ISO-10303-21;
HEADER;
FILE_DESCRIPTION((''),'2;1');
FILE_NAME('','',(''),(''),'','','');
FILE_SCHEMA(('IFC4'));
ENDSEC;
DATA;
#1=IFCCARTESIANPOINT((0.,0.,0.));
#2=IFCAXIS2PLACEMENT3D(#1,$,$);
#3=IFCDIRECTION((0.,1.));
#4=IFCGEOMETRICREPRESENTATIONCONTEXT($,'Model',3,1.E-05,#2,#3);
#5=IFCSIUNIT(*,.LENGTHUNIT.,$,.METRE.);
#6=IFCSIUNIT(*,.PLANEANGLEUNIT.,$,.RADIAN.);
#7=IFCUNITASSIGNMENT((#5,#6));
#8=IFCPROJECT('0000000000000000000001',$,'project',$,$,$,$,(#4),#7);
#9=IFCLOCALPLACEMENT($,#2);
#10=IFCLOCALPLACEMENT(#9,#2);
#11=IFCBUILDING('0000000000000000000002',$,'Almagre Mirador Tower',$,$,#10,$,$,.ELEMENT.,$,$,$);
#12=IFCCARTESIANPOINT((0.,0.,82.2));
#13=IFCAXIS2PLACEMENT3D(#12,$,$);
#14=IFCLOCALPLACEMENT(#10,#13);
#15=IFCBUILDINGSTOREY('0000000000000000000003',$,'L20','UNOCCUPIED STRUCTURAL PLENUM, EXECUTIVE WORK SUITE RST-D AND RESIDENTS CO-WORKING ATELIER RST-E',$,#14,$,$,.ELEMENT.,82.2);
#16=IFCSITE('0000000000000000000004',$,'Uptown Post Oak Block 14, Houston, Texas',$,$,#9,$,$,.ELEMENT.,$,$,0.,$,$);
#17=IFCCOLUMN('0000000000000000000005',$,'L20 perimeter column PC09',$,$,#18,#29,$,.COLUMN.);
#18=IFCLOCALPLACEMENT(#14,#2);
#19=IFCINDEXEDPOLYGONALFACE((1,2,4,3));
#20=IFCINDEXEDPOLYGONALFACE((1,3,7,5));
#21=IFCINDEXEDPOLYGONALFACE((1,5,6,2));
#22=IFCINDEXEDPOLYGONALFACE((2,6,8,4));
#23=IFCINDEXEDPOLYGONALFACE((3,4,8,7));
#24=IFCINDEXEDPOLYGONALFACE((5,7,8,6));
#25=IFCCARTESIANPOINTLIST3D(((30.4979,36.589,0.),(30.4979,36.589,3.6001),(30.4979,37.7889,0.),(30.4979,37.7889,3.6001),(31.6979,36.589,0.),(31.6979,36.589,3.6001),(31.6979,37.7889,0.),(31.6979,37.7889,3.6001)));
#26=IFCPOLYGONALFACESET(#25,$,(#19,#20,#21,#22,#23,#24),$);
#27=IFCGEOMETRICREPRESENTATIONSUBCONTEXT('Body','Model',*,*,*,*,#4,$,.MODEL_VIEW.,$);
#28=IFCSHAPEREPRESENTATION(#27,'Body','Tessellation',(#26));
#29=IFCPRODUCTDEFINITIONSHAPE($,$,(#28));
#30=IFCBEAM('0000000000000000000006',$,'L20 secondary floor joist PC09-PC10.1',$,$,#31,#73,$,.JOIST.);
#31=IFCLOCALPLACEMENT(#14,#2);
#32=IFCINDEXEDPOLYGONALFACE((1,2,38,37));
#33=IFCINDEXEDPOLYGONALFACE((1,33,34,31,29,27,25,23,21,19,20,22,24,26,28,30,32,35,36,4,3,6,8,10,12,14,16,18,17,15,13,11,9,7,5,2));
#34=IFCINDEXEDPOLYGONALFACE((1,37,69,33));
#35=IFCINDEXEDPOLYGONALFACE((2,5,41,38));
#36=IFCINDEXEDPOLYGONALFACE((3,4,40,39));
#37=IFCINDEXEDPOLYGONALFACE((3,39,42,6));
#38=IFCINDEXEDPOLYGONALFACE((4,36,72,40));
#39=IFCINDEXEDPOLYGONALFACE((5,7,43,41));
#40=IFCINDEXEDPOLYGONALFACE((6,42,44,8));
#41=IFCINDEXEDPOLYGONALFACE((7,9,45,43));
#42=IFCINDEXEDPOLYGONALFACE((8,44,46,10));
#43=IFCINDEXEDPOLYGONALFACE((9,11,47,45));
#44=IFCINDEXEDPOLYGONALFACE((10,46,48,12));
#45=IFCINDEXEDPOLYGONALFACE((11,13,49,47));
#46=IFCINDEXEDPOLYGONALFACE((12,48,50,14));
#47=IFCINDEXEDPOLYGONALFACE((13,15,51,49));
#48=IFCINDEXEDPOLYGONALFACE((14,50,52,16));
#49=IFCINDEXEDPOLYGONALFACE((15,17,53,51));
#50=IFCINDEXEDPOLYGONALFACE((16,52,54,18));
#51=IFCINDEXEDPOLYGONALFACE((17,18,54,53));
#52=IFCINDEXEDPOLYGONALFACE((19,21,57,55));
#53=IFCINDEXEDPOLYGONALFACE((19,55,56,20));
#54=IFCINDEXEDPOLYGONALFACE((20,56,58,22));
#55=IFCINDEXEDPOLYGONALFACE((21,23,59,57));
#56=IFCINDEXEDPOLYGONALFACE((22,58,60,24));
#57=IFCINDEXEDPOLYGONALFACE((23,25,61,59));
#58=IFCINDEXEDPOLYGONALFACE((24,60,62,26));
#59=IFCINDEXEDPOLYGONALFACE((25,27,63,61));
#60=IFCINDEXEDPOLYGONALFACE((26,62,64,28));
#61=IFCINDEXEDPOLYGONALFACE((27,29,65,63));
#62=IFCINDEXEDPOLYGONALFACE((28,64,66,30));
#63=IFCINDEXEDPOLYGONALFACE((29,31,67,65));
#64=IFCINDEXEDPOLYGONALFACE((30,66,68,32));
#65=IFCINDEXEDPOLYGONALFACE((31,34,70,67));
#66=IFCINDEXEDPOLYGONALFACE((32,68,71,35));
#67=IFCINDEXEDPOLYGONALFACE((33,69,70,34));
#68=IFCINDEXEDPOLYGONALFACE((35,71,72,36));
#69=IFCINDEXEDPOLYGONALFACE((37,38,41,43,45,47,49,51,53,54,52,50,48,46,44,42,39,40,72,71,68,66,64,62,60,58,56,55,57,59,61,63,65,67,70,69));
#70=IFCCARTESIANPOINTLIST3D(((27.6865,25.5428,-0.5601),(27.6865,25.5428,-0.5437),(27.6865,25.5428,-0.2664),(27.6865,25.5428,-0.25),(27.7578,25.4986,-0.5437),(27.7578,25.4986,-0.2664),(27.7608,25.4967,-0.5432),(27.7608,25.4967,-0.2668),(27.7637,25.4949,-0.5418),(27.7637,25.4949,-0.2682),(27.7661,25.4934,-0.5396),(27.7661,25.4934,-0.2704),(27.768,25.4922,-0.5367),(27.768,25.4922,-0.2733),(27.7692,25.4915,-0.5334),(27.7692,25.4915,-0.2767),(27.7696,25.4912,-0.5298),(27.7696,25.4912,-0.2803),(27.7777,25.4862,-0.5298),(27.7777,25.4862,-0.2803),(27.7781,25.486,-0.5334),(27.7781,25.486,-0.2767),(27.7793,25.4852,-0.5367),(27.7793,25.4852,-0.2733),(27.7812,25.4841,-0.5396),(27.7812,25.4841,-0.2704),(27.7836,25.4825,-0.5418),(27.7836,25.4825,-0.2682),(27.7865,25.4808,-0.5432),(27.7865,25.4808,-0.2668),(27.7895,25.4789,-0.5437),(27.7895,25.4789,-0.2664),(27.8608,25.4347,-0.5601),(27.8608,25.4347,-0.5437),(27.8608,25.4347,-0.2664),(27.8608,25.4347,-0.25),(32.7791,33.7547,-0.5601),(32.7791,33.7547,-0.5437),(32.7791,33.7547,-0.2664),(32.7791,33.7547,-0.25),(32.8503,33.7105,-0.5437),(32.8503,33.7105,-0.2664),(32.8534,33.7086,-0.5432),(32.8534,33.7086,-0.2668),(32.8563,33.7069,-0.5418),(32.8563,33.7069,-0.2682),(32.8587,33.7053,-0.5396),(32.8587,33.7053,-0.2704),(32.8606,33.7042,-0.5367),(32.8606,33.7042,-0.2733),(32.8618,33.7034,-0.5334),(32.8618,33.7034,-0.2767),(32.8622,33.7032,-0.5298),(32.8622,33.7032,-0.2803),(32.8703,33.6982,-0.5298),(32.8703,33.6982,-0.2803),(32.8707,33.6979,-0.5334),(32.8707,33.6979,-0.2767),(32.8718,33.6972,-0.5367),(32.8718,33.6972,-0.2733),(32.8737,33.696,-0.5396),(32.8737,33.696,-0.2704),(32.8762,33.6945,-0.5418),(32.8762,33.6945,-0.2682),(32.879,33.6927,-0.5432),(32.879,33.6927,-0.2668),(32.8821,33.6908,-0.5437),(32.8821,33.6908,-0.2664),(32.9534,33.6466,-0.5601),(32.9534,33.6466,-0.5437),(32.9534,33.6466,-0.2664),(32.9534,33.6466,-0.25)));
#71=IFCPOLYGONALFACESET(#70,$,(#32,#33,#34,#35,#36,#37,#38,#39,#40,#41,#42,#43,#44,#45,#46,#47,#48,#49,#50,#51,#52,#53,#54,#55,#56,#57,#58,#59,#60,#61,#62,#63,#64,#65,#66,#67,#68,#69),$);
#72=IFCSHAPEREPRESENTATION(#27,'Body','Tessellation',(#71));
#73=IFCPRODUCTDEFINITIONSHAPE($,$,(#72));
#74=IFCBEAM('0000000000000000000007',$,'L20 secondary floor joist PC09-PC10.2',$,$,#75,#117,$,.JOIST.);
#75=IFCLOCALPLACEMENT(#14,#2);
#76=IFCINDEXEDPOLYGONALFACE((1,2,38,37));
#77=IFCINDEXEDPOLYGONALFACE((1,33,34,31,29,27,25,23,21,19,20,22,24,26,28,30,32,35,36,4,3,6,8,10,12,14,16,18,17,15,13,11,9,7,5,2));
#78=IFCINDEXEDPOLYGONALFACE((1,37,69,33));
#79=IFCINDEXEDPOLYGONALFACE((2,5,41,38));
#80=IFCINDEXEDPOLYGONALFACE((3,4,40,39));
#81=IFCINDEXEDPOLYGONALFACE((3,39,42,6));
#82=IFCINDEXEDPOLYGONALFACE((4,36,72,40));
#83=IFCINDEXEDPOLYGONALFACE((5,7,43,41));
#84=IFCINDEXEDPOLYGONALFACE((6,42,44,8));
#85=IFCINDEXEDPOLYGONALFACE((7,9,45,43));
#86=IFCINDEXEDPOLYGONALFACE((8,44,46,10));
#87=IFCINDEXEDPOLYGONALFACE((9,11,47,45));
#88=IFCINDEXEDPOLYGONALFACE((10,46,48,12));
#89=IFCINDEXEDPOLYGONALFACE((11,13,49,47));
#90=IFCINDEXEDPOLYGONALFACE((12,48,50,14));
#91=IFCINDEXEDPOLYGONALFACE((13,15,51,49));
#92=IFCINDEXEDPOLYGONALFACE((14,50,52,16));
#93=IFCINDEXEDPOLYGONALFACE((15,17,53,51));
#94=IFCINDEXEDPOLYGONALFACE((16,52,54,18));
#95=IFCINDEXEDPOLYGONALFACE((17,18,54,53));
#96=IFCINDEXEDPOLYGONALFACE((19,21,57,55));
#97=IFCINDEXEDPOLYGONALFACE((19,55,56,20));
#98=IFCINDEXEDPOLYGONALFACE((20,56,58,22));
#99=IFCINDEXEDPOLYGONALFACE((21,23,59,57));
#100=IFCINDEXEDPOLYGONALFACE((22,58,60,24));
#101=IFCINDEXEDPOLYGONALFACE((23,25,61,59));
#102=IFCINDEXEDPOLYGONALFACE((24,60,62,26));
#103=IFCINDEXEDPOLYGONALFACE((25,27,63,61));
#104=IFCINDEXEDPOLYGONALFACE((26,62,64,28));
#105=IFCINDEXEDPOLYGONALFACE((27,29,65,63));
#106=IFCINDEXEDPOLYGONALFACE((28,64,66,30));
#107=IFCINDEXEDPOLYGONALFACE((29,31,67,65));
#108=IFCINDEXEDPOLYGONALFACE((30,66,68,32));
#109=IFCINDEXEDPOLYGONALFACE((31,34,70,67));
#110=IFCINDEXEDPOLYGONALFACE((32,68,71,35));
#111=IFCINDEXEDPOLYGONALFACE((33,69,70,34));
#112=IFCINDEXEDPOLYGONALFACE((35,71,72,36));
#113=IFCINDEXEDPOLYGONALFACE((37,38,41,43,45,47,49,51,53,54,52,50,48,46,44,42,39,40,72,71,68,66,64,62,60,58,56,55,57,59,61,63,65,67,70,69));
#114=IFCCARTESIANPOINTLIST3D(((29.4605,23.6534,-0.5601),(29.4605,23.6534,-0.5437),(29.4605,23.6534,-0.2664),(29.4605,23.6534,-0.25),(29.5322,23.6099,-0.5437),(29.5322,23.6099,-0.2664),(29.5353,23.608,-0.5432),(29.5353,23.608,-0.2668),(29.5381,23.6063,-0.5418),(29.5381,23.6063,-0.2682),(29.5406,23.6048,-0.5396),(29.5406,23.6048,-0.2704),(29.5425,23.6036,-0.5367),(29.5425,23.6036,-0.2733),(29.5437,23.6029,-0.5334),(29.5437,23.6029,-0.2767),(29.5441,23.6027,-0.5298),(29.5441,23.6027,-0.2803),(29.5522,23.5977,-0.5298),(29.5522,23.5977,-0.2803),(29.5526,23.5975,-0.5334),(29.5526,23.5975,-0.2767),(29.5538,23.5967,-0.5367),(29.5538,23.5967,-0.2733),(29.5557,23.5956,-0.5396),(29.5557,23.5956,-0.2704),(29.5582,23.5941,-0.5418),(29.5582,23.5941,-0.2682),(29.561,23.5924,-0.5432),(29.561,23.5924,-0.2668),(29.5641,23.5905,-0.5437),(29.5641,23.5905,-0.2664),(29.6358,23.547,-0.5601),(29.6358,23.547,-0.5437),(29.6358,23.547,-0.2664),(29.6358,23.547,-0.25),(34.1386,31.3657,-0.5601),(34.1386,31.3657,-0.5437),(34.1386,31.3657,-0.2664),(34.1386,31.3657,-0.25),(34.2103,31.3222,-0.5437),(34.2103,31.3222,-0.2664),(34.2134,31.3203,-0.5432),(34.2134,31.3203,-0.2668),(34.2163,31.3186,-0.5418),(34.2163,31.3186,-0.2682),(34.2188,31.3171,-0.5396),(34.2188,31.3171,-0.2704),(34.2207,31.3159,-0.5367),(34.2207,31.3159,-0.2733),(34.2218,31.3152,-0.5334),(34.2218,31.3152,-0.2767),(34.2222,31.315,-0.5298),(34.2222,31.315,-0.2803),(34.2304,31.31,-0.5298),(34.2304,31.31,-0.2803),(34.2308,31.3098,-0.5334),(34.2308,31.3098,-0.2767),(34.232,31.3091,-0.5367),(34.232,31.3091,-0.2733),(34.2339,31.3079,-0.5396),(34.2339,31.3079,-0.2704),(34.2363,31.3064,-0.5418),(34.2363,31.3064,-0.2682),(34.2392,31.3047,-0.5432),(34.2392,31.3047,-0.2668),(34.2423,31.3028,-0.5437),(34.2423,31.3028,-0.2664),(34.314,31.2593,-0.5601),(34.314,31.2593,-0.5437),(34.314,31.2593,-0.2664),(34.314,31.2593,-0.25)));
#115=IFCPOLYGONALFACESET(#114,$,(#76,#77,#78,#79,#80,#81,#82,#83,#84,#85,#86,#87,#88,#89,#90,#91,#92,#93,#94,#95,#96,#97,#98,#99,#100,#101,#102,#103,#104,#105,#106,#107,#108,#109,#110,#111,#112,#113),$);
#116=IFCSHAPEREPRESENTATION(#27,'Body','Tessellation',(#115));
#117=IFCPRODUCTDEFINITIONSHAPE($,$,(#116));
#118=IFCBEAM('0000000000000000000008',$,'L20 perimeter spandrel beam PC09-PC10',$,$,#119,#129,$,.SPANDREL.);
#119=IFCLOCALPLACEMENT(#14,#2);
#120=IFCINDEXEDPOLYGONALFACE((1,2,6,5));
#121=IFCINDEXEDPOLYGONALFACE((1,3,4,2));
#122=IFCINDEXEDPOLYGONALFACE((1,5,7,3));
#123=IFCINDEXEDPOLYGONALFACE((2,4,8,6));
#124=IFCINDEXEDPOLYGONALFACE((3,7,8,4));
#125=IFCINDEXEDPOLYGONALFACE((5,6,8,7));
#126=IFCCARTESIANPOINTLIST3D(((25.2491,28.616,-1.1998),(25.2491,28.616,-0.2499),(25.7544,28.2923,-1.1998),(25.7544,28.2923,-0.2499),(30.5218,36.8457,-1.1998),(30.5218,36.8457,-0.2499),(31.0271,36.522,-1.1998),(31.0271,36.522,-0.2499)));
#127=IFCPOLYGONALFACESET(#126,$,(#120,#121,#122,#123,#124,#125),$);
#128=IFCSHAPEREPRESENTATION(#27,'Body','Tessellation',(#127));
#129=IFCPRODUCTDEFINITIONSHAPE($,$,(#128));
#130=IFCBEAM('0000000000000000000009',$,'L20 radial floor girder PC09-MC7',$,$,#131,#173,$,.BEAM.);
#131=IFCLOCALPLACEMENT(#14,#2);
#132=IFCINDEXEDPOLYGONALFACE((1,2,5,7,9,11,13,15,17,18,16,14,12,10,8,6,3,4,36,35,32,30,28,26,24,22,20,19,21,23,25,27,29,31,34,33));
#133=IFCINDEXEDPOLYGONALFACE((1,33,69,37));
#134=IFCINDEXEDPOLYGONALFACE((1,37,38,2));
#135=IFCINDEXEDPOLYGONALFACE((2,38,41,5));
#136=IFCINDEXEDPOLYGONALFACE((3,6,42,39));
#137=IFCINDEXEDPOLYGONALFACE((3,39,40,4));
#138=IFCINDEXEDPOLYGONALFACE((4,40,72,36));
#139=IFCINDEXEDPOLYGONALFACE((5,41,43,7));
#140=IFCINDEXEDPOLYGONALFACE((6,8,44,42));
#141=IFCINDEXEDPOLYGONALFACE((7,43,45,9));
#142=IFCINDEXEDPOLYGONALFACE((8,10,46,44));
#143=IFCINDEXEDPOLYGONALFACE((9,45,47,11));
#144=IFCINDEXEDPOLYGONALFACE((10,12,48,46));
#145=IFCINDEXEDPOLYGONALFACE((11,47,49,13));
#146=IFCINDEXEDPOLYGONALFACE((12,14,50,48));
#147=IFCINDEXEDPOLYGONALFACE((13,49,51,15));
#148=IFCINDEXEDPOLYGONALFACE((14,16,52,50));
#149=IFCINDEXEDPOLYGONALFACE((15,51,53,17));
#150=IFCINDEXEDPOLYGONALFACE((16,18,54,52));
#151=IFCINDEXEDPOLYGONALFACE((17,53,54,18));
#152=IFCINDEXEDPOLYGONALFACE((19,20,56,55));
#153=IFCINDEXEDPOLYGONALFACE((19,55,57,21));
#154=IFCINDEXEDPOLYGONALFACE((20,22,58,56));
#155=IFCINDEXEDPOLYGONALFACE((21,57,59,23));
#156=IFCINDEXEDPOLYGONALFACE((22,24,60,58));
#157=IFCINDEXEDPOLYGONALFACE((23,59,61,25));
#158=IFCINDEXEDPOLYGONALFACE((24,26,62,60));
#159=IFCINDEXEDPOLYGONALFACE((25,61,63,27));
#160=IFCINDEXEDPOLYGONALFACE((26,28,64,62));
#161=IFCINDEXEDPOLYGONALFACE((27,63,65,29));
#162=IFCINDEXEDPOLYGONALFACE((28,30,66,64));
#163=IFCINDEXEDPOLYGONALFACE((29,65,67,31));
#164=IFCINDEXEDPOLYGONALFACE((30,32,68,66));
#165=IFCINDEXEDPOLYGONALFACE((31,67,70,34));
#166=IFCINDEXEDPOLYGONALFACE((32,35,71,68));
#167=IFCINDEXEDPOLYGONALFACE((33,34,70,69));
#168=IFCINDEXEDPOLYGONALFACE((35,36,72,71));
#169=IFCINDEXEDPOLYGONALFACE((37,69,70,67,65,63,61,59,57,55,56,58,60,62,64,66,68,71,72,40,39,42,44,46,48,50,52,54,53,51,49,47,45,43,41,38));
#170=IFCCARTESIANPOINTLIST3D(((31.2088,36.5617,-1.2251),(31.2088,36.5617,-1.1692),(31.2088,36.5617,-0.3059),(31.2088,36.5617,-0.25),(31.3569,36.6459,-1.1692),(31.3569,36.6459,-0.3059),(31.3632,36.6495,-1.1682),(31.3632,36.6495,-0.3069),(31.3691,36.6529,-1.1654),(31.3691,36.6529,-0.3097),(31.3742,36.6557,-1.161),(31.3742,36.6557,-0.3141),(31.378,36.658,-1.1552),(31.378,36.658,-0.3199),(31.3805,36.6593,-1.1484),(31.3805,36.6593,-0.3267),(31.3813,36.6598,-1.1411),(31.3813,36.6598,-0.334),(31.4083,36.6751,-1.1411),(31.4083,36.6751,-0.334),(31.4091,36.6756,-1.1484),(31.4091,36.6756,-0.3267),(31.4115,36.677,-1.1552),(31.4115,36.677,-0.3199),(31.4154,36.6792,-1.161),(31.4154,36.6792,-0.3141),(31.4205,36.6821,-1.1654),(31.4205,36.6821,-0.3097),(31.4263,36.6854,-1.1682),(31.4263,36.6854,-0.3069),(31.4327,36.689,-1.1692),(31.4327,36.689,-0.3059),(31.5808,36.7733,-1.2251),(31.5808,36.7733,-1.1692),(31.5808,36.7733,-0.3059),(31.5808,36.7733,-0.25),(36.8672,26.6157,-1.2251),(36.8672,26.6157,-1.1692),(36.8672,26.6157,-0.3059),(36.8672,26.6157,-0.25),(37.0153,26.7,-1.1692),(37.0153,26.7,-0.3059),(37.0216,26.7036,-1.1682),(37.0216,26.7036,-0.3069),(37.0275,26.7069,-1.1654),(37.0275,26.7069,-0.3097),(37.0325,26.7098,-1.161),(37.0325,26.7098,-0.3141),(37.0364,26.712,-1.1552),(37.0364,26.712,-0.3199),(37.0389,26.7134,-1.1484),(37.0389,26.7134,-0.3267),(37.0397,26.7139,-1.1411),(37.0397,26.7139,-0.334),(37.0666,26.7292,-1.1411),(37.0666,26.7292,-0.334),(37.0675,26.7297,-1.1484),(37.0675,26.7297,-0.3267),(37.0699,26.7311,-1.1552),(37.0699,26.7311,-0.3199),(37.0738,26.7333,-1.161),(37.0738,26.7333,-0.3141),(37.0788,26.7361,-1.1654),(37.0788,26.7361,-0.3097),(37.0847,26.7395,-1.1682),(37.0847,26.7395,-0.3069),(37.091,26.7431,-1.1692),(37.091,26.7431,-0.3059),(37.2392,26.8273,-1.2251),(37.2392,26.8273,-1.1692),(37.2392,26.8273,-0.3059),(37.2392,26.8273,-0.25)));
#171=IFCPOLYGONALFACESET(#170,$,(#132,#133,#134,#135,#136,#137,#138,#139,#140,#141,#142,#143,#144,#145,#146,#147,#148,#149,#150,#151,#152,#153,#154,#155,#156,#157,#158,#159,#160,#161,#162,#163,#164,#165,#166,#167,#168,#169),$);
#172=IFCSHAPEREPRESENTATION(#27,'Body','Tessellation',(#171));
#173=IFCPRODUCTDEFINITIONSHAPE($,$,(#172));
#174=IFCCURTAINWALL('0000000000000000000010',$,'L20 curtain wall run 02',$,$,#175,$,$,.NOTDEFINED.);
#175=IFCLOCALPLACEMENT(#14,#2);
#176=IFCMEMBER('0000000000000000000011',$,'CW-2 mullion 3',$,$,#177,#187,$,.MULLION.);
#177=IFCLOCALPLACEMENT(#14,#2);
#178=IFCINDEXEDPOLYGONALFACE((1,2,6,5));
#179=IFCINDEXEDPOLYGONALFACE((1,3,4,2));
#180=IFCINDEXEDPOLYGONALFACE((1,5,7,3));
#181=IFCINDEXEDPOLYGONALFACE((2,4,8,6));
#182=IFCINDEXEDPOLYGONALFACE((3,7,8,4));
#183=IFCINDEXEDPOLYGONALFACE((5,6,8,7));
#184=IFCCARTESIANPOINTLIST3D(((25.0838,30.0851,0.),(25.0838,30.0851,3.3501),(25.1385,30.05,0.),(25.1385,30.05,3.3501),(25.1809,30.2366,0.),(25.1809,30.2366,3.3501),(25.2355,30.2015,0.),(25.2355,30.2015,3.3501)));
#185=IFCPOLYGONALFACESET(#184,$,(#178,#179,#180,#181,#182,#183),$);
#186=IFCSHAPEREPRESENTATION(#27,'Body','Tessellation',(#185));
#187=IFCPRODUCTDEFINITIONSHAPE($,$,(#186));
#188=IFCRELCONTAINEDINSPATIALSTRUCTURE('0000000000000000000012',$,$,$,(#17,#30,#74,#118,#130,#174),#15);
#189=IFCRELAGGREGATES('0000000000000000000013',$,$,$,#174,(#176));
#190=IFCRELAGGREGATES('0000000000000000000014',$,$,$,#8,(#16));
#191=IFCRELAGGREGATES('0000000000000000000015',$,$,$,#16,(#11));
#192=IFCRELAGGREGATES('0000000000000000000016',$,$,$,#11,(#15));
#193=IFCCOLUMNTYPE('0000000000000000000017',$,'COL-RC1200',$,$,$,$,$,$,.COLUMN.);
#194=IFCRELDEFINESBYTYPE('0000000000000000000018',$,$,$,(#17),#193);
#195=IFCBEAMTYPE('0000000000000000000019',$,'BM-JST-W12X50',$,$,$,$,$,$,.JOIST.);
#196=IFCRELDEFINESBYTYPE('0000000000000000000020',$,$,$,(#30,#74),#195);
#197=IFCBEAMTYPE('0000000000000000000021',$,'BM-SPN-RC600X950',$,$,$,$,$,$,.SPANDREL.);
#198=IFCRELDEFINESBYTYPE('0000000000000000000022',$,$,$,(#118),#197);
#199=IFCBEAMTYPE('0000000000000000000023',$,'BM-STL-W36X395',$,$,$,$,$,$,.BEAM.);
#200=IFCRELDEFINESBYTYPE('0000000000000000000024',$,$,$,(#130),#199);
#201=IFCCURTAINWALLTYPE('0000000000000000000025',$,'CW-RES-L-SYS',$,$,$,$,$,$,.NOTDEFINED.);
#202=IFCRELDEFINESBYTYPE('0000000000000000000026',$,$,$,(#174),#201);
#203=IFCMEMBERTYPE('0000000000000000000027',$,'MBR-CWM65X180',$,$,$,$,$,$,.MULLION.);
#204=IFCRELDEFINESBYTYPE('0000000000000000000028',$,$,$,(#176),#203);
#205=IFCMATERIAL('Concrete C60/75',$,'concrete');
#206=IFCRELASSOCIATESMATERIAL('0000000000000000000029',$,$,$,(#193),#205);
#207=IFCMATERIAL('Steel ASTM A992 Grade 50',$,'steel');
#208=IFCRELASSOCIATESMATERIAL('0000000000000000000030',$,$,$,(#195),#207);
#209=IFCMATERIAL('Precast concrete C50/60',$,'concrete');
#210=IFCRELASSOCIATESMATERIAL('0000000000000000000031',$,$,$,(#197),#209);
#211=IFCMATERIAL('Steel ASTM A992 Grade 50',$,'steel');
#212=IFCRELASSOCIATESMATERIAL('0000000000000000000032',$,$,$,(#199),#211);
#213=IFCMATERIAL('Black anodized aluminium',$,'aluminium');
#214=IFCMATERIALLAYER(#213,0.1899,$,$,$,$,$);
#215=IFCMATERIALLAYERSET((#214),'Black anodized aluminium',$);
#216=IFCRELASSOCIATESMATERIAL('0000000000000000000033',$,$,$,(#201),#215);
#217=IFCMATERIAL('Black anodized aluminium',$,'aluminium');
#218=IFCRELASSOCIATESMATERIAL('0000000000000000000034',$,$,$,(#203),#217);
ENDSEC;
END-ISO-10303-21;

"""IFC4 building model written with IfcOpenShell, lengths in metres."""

from ifc_helpers import new_model, si_unit, direction, frame, origin, origin_2d, place, context, subcontext, project, spatial, rectangle, i_section, extrude, material, layer, layer_set, material_profile, profile_set, type_object, element, aggregate, save


model = new_model("IFC4")

# Units and contexts
model_context = context("Model", 3, precision=1e-05, world=origin(), true_north=direction((0.0, 1.0)))
body_context = subcontext(model_context, "Body", "Model", "MODEL_VIEW")
ifc_project = project(units=[si_unit("LENGTHUNIT", "METRE"), si_unit("PLANEANGLEUNIT", "RADIAN")], contexts=[model_context])

# Site, building, storey
site_placement = place(None, origin())
site = spatial("IfcSite", under=ifc_project, at=site_placement, Name="Uptown Post Oak Block 14, Houston, Texas", CompositionType="ELEMENT", RefElevation=0.0)
building_placement = place(site_placement, origin())
building = spatial("IfcBuilding", under=site, at=building_placement, Name="Almagre Mirador Tower", CompositionType="ELEMENT")
storey_placement = place(building_placement, frame((0.0, 0.0, 82.2)))
storey = spatial("IfcBuildingStorey", under=building, at=storey_placement, Name="L20", Description="UNOCCUPIED STRUCTURAL PLENUM, EXECUTIVE WORK SUITE RST-D AND RESIDENTS CO-WORKING ATELIER RST-E", CompositionType="ELEMENT", Elevation=82.2)

# Column
ifc_material_1 = material(Name="Concrete C60/75", Category="concrete")
ifc_material_profile_1 = material_profile(ifc_material_1, rectangle(XDim=1.2, YDim=1.2, at=origin_2d()), Name="RC1200X1200")
ifc_profile_set_1 = profile_set([ifc_material_profile_1], Name="Concrete C60/75")
column_type = type_object("IfcColumnType", Name="COL-RC1200", PredefinedType="COLUMN", material=ifc_profile_set_1)
column_placement = place(storey_placement, frame((31.0979, 37.189, 0.0), z_axis=(0.0, 0.0, 1.0), x_axis=(1.0, 0.0, 0.0)))
element("IfcColumn", 1, at=column_placement, inside=storey, type_object=column_type, Name="L20 perimeter column PC09", PredefinedType="COLUMN", context=body_context, shape_type="SweptSolid", body=[
    extrude(rectangle(XDim=1.2, YDim=1.2, at=origin_2d()), origin(), (0.0, 0.0, 1.0), 3.6001),
])

# Beams
ifc_material_2 = material(Name="Steel ASTM A992 Grade 50", Category="steel")
ifc_material_profile_2 = material_profile(ifc_material_2, i_section(OverallWidth=0.2051, OverallDepth=0.3101, WebThickness=0.0095, FlangeThickness=0.0164, FilletRadius=0.0139, at=origin_2d()), Name="W12X50")
ifc_profile_set_2 = profile_set([ifc_material_profile_2], Name="Steel ASTM A992 Grade 50")
beam_type_1 = type_object("IfcBeamType", Name="BM-JST-W12X50", PredefinedType="JOIST", material=ifc_profile_set_2)
beam_1_placement = place(storey_placement, frame((32.8662, 33.7007, -0.405), z_axis=(-0.527025, -0.84985, 0.0), x_axis=(0.84985, -0.527025, 0.0)))
element("IfcBeam", 2, at=beam_1_placement, inside=storey, type_object=beam_type_1, Name="L20 secondary floor joist PC09-PC10.1", PredefinedType="JOIST", context=body_context, shape_type="SweptSolid", body=[
    extrude(i_section(OverallWidth=0.2051, OverallDepth=0.3101, WebThickness=0.0095, FlangeThickness=0.0164, FilletRadius=0.0139, at=origin_2d()), origin(), (0.0, 0.0, 1.0), 9.6628),
])
beam_2_placement = place(storey_placement, frame((34.2263, 31.3125, -0.405), z_axis=(-0.518629, -0.854999, 0.0), x_axis=(0.854999, -0.518629, 0.0)))
element("IfcBeam", 3, at=beam_2_placement, inside=storey, type_object=beam_type_1, Name="L20 secondary floor joist PC09-PC10.2", PredefinedType="JOIST", context=body_context, shape_type="SweptSolid", body=[
    extrude(i_section(OverallWidth=0.2051, OverallDepth=0.3101, WebThickness=0.0095, FlangeThickness=0.0164, FilletRadius=0.0139, at=origin_2d()), origin(), (0.0, 0.0, 1.0), 9.0203),
])
ifc_material_3 = material(Name="Precast concrete C50/60", Category="concrete")
ifc_material_profile_3 = material_profile(ifc_material_3, rectangle(XDim=0.6001, YDim=0.95, at=origin_2d()), Name="RC600X950")
ifc_profile_set_3 = profile_set([ifc_material_profile_3], Name="Precast concrete C50/60")
beam_type_2 = type_object("IfcBeamType", Name="BM-SPN-RC600X950", PredefinedType="SPANDREL", material=ifc_profile_set_3)
beam_3_placement = place(storey_placement, frame((30.7744, 36.6838, -0.7249), z_axis=(-0.539465, -0.842008, 0.0), x_axis=(0.842008, -0.539465, 0.0)))
element("IfcBeam", 4, at=beam_3_placement, inside=storey, type_object=beam_type_2, Name="L20 perimeter spandrel beam PC09-PC10", PredefinedType="SPANDREL", context=body_context, shape_type="SweptSolid", body=[
    extrude(rectangle(XDim=0.6001, YDim=0.95, at=origin_2d()), origin(), (0.0, 0.0, 1.0), 9.7739),
])
ifc_material_4 = material(Name="Steel ASTM A992 Grade 50", Category="steel")
ifc_material_profile_4 = material_profile(ifc_material_4, i_section(OverallWidth=0.428, OverallDepth=0.9751, WebThickness=0.031, FlangeThickness=0.0559, FilletRadius=0.0281, at=origin_2d()), Name="W36X395")
ifc_profile_set_4 = profile_set([ifc_material_profile_4], Name="Steel ASTM A992 Grade 50")
beam_type_3 = type_object("IfcBeamType", Name="BM-STL-W36X395", PredefinedType="BEAM", material=ifc_profile_set_4)
beam_4_placement = place(storey_placement, frame((31.3948, 36.6675, -0.7375), z_axis=(0.494491, -0.869183, 0.0), x_axis=(0.869183, 0.494491, 0.0)))
element("IfcBeam", 5, at=beam_4_placement, inside=storey, type_object=beam_type_3, Name="L20 radial floor girder PC09-MC7", PredefinedType="BEAM", context=body_context, shape_type="SweptSolid", body=[
    extrude(i_section(OverallWidth=0.428, OverallDepth=0.9751, WebThickness=0.031, FlangeThickness=0.0559, FilletRadius=0.0281, at=origin_2d()), origin(), (0.0, 0.0, 1.0), 11.4429),
])

# Curtain wall, member
ifc_material_5 = material(Name="Black anodized aluminium", Category="aluminium")
ifc_layer_1 = layer(ifc_material_5, 0.1899)
ifc_layer_set_1 = layer_set([ifc_layer_1], Name="Black anodized aluminium")
curtain_wall_type = type_object("IfcCurtainWallType", Name="CW-RES-L-SYS", PredefinedType="NOTDEFINED", material=ifc_layer_set_1)
curtain_wall_placement = place(storey_placement, origin())
curtain_wall = element("IfcCurtainWall", 6, at=curtain_wall_placement, inside=storey, type_object=curtain_wall_type, Name="L20 curtain wall run 02", PredefinedType="NOTDEFINED")
ifc_material_6 = material(Name="Black anodized aluminium", Category="aluminium")
ifc_material_profile_5 = material_profile(ifc_material_6, rectangle(XDim=0.0649, YDim=0.1799, at=origin_2d()), Name="CWM65X180")
ifc_profile_set_5 = profile_set([ifc_material_profile_5], Name="Black anodized aluminium")
member_type = type_object("IfcMemberType", Name="MBR-CWM65X180", PredefinedType="MULLION", material=ifc_profile_set_5)
member_placement = place(storey_placement, frame((25.1597, 30.1433, 0.0), z_axis=(0.0, 0.0, 1.0), x_axis=(-0.842015, 0.539455, 0.0)))
member = element("IfcMember", 7, at=member_placement, type_object=member_type, Name="CW-2 mullion 3", PredefinedType="MULLION", context=body_context, shape_type="SweptSolid", body=[
    extrude(rectangle(XDim=0.0649, YDim=0.1799, at=origin_2d()), origin(), (0.0, 0.0, 1.0), 3.3501),
])
aggregate(curtain_wall, [member])

save(model, "model.ifc")
